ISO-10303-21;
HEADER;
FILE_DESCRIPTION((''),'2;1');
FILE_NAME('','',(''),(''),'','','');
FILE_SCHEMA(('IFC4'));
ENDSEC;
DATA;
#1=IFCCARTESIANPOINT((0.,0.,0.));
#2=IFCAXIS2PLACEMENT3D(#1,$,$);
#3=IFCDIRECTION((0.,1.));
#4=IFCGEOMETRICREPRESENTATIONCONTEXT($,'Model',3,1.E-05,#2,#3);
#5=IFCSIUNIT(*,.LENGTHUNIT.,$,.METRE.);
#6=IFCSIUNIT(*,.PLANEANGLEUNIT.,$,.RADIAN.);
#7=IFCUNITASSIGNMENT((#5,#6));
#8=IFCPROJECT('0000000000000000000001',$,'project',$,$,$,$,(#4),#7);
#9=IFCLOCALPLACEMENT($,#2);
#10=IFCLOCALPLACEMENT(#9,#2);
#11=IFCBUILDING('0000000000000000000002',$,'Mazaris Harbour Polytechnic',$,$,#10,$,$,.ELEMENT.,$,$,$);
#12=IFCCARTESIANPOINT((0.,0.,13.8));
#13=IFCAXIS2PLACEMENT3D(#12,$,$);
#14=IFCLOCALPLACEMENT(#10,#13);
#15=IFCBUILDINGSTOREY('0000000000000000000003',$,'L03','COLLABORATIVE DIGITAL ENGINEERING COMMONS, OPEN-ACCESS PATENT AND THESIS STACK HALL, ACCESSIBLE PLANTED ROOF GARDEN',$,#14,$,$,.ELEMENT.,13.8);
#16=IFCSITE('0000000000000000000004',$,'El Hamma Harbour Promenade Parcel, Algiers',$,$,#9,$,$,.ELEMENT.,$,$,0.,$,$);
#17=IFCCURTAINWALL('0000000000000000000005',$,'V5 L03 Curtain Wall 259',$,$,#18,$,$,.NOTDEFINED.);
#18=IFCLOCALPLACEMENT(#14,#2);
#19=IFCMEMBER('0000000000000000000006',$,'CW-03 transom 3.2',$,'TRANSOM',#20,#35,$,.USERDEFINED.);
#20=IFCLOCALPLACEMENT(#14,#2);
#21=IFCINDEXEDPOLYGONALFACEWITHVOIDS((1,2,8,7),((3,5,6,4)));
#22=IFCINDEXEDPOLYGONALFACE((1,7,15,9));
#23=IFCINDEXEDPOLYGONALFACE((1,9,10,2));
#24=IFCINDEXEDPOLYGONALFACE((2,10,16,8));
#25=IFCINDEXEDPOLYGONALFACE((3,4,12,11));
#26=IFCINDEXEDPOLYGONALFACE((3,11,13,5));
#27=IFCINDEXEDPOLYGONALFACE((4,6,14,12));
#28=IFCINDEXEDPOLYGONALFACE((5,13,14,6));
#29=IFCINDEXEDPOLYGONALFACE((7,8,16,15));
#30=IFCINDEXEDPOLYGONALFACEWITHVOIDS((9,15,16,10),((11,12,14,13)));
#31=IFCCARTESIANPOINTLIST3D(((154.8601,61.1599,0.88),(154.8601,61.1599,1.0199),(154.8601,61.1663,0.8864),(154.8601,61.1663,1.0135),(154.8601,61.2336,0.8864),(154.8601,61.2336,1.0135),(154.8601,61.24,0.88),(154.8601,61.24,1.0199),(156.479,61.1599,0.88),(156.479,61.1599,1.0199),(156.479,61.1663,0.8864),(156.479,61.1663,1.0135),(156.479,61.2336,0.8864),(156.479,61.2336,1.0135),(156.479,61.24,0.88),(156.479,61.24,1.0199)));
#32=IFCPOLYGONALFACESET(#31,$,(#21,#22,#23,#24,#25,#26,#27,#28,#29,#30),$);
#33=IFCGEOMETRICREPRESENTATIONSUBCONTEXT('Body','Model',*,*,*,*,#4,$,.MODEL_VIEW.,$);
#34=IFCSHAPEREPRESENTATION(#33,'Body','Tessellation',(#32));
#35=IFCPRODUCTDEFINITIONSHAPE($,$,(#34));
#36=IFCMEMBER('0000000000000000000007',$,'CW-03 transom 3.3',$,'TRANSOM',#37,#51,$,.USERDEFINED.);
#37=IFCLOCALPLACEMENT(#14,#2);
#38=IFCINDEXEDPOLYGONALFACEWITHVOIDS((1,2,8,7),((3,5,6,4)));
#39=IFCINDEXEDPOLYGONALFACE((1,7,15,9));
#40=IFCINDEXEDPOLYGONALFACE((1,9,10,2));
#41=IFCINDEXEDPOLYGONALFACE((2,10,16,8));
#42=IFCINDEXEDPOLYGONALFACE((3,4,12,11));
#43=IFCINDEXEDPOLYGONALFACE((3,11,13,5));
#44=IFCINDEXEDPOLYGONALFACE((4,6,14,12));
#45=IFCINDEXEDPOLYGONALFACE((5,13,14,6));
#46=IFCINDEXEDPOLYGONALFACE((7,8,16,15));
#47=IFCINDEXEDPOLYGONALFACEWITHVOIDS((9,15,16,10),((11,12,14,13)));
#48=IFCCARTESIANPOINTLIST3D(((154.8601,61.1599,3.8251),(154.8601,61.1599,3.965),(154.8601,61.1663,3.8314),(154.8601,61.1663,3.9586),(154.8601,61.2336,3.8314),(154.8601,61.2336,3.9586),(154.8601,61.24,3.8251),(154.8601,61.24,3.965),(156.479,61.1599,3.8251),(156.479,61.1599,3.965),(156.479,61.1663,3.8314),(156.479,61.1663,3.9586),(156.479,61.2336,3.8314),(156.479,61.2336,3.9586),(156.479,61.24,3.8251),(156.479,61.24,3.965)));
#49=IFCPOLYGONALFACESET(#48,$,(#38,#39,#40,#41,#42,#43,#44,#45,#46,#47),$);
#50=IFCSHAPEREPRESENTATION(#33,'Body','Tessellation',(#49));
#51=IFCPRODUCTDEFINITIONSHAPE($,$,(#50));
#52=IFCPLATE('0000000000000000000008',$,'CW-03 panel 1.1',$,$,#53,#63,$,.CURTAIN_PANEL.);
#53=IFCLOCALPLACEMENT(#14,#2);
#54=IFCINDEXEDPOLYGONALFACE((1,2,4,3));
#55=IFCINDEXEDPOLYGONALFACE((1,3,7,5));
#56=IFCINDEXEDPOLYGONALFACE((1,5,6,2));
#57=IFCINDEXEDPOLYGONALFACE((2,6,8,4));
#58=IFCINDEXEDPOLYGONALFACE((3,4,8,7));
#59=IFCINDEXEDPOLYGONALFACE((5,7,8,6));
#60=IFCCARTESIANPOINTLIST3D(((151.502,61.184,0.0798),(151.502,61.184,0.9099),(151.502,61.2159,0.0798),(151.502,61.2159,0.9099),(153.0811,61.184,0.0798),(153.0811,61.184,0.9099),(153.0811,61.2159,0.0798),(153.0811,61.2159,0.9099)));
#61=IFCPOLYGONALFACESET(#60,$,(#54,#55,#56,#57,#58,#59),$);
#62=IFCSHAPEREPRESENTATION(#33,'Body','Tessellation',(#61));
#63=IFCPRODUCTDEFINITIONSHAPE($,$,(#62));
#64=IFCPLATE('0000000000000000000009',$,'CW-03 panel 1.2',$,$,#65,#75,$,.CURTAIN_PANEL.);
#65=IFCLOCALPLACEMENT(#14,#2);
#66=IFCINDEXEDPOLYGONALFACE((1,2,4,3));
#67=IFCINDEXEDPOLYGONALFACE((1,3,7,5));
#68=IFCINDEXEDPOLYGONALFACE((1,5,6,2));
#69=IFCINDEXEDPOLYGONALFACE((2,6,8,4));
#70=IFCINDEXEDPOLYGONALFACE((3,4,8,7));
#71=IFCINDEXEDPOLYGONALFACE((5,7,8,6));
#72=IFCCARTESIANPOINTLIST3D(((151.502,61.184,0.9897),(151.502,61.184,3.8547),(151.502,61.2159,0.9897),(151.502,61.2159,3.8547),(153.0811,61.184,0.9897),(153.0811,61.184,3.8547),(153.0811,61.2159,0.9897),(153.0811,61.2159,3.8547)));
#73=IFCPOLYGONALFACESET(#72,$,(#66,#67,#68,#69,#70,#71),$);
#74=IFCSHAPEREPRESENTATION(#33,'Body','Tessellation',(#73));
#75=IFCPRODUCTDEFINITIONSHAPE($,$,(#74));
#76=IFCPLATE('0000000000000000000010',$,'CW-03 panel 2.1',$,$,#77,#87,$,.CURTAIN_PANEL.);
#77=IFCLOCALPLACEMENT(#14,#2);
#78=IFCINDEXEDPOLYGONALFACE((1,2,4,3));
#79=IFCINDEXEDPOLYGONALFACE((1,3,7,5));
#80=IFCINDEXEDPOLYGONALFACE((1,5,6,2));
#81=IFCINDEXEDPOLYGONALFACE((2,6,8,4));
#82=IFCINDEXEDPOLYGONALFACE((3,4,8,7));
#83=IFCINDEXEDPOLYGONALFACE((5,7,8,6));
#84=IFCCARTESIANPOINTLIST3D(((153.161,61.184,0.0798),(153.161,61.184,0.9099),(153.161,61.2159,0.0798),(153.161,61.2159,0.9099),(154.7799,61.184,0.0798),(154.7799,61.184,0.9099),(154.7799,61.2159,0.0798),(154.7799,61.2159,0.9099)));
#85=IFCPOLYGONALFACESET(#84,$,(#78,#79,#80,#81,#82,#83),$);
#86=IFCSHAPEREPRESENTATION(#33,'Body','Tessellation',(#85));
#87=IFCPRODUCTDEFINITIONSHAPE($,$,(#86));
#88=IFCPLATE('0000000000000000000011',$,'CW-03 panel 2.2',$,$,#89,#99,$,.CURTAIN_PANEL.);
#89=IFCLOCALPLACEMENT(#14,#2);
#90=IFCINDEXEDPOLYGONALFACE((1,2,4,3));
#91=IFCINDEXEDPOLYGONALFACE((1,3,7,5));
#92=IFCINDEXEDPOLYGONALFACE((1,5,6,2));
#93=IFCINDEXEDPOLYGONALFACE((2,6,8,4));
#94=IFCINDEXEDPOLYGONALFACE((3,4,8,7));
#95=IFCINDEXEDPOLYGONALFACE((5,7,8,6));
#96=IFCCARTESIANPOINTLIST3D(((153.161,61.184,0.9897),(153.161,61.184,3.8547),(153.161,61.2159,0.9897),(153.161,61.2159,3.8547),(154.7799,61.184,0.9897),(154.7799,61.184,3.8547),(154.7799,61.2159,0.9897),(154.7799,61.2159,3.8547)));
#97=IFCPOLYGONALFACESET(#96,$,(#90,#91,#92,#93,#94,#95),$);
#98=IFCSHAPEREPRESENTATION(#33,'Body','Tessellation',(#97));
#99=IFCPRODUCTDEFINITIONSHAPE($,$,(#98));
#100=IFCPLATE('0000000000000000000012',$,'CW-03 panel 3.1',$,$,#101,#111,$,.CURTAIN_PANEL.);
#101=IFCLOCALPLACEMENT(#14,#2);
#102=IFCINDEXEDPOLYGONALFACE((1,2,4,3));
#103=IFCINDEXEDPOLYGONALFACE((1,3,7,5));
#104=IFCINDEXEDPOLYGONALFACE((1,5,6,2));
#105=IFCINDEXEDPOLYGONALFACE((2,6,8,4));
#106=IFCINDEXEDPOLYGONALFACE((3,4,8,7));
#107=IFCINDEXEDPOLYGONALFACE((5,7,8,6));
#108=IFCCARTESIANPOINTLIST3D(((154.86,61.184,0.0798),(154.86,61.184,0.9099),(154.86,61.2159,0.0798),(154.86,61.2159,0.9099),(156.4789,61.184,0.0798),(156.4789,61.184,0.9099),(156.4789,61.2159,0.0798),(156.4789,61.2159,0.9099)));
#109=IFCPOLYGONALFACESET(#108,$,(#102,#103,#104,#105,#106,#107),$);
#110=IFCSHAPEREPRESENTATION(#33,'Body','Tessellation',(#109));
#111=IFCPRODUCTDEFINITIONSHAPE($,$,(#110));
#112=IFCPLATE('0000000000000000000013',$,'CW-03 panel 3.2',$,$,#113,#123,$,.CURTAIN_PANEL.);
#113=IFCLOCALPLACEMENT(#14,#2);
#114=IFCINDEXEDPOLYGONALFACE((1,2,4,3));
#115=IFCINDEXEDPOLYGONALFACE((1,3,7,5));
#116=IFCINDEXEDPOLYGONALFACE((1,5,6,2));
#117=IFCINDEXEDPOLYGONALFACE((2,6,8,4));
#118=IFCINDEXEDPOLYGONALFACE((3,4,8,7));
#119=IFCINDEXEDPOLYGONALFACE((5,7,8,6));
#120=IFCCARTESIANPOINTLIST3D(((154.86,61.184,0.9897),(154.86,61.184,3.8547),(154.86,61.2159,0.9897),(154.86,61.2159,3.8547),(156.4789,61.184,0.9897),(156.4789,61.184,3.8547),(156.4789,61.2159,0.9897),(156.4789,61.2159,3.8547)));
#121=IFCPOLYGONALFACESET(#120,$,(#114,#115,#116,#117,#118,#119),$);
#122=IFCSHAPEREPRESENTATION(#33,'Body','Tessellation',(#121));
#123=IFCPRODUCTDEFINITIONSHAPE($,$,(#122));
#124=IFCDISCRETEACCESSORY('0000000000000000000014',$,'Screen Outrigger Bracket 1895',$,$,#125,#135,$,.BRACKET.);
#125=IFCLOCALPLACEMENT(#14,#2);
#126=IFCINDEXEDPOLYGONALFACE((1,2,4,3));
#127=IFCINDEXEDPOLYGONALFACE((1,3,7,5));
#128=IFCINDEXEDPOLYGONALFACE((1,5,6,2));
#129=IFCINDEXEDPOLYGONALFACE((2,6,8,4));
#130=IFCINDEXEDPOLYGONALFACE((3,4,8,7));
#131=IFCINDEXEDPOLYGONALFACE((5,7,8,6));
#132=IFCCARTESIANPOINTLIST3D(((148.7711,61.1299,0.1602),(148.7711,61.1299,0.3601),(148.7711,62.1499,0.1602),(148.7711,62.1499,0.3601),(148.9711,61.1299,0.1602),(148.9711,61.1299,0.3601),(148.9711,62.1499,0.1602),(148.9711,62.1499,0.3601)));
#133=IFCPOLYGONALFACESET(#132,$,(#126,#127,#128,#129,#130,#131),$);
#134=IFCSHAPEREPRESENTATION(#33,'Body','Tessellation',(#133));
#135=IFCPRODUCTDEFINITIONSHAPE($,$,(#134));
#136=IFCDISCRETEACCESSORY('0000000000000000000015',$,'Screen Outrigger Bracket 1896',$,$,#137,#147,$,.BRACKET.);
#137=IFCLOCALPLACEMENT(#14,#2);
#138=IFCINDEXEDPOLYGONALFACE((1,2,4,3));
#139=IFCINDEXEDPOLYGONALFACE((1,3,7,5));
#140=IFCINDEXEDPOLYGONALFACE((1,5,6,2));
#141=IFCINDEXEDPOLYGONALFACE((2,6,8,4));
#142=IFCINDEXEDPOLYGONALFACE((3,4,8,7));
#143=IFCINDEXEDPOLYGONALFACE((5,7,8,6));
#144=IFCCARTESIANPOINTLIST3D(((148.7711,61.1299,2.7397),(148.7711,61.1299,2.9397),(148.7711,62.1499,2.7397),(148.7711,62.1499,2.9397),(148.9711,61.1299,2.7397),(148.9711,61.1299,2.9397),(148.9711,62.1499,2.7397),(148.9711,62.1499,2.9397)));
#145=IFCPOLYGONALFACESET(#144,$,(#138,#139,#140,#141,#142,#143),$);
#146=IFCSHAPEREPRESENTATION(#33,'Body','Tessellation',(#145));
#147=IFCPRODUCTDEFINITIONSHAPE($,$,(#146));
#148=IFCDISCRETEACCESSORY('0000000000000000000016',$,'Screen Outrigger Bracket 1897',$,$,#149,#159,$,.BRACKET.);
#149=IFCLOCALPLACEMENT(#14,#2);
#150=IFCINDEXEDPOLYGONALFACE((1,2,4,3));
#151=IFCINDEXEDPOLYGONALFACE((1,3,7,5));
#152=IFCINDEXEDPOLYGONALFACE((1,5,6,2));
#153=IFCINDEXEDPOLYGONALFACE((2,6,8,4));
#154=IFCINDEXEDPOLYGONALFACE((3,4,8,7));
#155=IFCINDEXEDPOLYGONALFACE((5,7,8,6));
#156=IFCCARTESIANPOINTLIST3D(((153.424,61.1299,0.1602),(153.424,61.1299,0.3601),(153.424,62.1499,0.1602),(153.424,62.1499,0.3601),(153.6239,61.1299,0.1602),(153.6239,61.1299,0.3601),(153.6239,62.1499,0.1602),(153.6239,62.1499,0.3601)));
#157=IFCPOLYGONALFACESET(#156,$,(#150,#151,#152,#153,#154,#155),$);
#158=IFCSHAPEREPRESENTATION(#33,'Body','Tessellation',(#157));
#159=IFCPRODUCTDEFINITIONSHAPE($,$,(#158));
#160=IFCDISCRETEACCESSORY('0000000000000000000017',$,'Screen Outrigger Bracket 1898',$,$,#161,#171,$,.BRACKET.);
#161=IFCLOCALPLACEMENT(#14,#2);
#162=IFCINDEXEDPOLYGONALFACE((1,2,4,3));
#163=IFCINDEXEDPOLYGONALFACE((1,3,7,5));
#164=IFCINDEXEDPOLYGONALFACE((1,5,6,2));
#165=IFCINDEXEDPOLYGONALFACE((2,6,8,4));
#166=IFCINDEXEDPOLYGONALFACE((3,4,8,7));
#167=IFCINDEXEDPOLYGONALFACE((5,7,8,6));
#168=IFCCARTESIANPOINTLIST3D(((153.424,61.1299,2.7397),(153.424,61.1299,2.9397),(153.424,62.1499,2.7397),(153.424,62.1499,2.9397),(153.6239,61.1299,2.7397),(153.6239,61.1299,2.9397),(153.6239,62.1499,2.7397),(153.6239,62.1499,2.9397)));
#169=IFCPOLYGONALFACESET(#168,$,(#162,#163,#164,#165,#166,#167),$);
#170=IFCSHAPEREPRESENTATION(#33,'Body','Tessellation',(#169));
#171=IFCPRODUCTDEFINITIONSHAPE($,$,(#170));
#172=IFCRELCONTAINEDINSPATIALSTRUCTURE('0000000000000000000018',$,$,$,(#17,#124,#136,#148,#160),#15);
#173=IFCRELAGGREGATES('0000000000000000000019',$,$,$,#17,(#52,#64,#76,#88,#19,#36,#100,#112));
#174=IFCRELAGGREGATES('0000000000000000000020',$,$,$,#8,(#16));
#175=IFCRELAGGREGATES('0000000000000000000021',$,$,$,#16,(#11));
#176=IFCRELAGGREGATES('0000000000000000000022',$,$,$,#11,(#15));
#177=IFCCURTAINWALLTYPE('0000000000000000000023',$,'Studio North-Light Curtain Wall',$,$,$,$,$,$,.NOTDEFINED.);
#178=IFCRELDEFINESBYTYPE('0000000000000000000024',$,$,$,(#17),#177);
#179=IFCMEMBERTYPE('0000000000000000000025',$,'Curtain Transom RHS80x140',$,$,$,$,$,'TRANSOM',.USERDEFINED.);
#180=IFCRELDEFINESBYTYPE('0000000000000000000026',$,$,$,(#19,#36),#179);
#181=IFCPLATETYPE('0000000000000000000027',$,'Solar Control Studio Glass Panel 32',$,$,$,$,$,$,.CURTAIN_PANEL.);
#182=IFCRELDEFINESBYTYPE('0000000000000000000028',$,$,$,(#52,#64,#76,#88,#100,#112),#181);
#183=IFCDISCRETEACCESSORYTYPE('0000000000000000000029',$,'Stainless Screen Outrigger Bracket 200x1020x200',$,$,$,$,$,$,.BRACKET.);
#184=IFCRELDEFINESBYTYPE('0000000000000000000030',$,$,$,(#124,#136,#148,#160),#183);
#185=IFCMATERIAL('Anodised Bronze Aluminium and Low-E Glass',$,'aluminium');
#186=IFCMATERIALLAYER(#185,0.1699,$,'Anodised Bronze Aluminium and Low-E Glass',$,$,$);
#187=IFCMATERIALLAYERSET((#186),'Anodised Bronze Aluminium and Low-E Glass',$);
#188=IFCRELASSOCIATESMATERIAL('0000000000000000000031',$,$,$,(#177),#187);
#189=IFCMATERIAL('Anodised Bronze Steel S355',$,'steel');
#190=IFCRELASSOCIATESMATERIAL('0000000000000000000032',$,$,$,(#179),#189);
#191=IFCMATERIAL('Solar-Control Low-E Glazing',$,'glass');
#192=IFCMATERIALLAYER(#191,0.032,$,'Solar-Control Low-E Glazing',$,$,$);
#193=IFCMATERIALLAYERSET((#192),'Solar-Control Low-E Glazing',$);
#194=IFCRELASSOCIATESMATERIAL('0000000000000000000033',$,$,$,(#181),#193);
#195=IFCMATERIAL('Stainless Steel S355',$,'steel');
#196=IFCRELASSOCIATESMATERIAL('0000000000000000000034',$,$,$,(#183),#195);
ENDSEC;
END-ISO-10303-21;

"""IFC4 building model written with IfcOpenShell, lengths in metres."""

from ifc_helpers import new_model, si_unit, direction, frame, origin, origin_2d, place, context, subcontext, project, spatial, rectangle, hollow_rectangle, extrude, material, layer, layer_set, material_profile, profile_set, type_object, element, aggregate, save


model = new_model("IFC4")

# Units and contexts
model_context = context("Model", 3, precision=1e-05, world=origin(), true_north=direction((0.0, 1.0)))
body_context = subcontext(model_context, "Body", "Model", "MODEL_VIEW")
ifc_project = project(units=[si_unit("LENGTHUNIT", "METRE"), si_unit("PLANEANGLEUNIT", "RADIAN")], contexts=[model_context])

# Site, building, storey
site_placement = place(None, origin())
site = spatial("IfcSite", under=ifc_project, at=site_placement, Name="El Hamma Harbour Promenade Parcel, Algiers", CompositionType="ELEMENT", RefElevation=0.0)
building_placement = place(site_placement, origin())
building = spatial("IfcBuilding", under=site, at=building_placement, Name="Mazaris Harbour Polytechnic", CompositionType="ELEMENT")
storey_placement = place(building_placement, frame((0.0, 0.0, 13.8)))
storey = spatial("IfcBuildingStorey", under=building, at=storey_placement, Name="L03", Description="COLLABORATIVE DIGITAL ENGINEERING COMMONS, OPEN-ACCESS PATENT AND THESIS STACK HALL, ACCESSIBLE PLANTED ROOF GARDEN", CompositionType="ELEMENT", Elevation=13.8)

# Curtain wall, members, plates
ifc_material_1 = material(Name="Anodised Bronze Aluminium and Low-E Glass", Category="aluminium")
ifc_layer_1 = layer(ifc_material_1, 0.1699, Name="Anodised Bronze Aluminium and Low-E Glass")
ifc_layer_set_1 = layer_set([ifc_layer_1], Name="Anodised Bronze Aluminium and Low-E Glass")
curtain_wall_type = type_object("IfcCurtainWallType", Name="Studio North-Light Curtain Wall", PredefinedType="NOTDEFINED", material=ifc_layer_set_1)
curtain_wall_placement = place(storey_placement, origin())
curtain_wall = element("IfcCurtainWall", 1, at=curtain_wall_placement, inside=storey, type_object=curtain_wall_type, Name="V5 L03 Curtain Wall 259", PredefinedType="NOTDEFINED")
ifc_material_2 = material(Name="Anodised Bronze Steel S355", Category="steel")
ifc_material_profile_1 = material_profile(ifc_material_2, hollow_rectangle(XDim=0.0801, YDim=0.1399, WallThickness=0.0063, at=origin_2d()), Name="RHS 80x140x6.3")
ifc_profile_set_1 = profile_set([ifc_material_profile_1], Name="Anodised Bronze Steel S355")
member_type_1 = type_object("IfcMemberType", Name="Curtain Transom RHS80x140", ElementType="TRANSOM", PredefinedType="USERDEFINED", material=ifc_profile_set_1)
member_1_placement = place(storey_placement, frame((154.8601, 61.2, 0.95), z_axis=(1.0, 0.0, 0.0), x_axis=(0.0, 1.0, 0.0)))
member_1 = element("IfcMember", 2, at=member_1_placement, type_object=member_type_1, Name="CW-03 transom 3.2", ObjectType="TRANSOM", PredefinedType="USERDEFINED", context=body_context, shape_type="SweptSolid", body=[
    extrude(hollow_rectangle(XDim=0.0801, YDim=0.1399, WallThickness=0.0063, at=origin_2d()), origin(), (0.0, 0.0, 1.0), 1.6189),
])
member_2_placement = place(storey_placement, frame((154.8601, 61.2, 3.895), z_axis=(1.0, 0.0, 0.0), x_axis=(0.0, 1.0, 0.0)))
member_2 = element("IfcMember", 3, at=member_2_placement, type_object=member_type_1, Name="CW-03 transom 3.3", ObjectType="TRANSOM", PredefinedType="USERDEFINED", context=body_context, shape_type="SweptSolid", body=[
    extrude(hollow_rectangle(XDim=0.0801, YDim=0.1399, WallThickness=0.0063, at=origin_2d()), origin(), (0.0, 0.0, 1.0), 1.6189),
])
ifc_material_3 = material(Name="Solar-Control Low-E Glazing", Category="glass")
ifc_layer_2 = layer(ifc_material_3, 0.032, Name="Solar-Control Low-E Glazing")
ifc_layer_set_2 = layer_set([ifc_layer_2], Name="Solar-Control Low-E Glazing")
plate_type = type_object("IfcPlateType", Name="Solar Control Studio Glass Panel 32", PredefinedType="CURTAIN_PANEL", material=ifc_layer_set_2)
plate_1_placement = place(storey_placement, frame((152.2915, 61.2, 0.0798), z_axis=(0.0, 0.0, 1.0), x_axis=(1.0, 0.0, 0.0)))
plate_1 = element("IfcPlate", 4, at=plate_1_placement, type_object=plate_type, Name="CW-03 panel 1.1", PredefinedType="CURTAIN_PANEL", context=body_context, shape_type="SweptSolid", body=[
    extrude(rectangle(XDim=1.5791, YDim=0.032, at=origin_2d()), origin(), (0.0, 0.0, 1.0), 0.8301),
])
plate_2_placement = place(storey_placement, frame((152.2915, 61.2, 0.9897), z_axis=(0.0, 0.0, 1.0), x_axis=(1.0, 0.0, 0.0)))
plate_2 = element("IfcPlate", 5, at=plate_2_placement, type_object=plate_type, Name="CW-03 panel 1.2", PredefinedType="CURTAIN_PANEL", context=body_context, shape_type="SweptSolid", body=[
    extrude(rectangle(XDim=1.5791, YDim=0.032, at=origin_2d()), origin(), (0.0, 0.0, 1.0), 2.865),
])
plate_3_placement = place(storey_placement, frame((153.9705, 61.2, 0.0798), z_axis=(0.0, 0.0, 1.0), x_axis=(1.0, 0.0, 0.0)))
plate_3 = element("IfcPlate", 6, at=plate_3_placement, type_object=plate_type, Name="CW-03 panel 2.1", PredefinedType="CURTAIN_PANEL", context=body_context, shape_type="SweptSolid", body=[
    extrude(rectangle(XDim=1.6189, YDim=0.032, at=origin_2d()), origin(), (0.0, 0.0, 1.0), 0.8301),
])
plate_4_placement = place(storey_placement, frame((153.9705, 61.2, 0.9897), z_axis=(0.0, 0.0, 1.0), x_axis=(1.0, 0.0, 0.0)))
plate_4 = element("IfcPlate", 7, at=plate_4_placement, type_object=plate_type, Name="CW-03 panel 2.2", PredefinedType="CURTAIN_PANEL", context=body_context, shape_type="SweptSolid", body=[
    extrude(rectangle(XDim=1.6189, YDim=0.032, at=origin_2d()), origin(), (0.0, 0.0, 1.0), 2.865),
])
plate_5_placement = place(storey_placement, frame((155.6694, 61.2, 0.0798), z_axis=(0.0, 0.0, 1.0), x_axis=(1.0, 0.0, 0.0)))
plate_5 = element("IfcPlate", 8, at=plate_5_placement, type_object=plate_type, Name="CW-03 panel 3.1", PredefinedType="CURTAIN_PANEL", context=body_context, shape_type="SweptSolid", body=[
    extrude(rectangle(XDim=1.6189, YDim=0.032, at=origin_2d()), origin(), (0.0, 0.0, 1.0), 0.8301),
])
plate_6_placement = place(storey_placement, frame((155.6694, 61.2, 0.9897), z_axis=(0.0, 0.0, 1.0), x_axis=(1.0, 0.0, 0.0)))
plate_6 = element("IfcPlate", 9, at=plate_6_placement, type_object=plate_type, Name="CW-03 panel 3.2", PredefinedType="CURTAIN_PANEL", context=body_context, shape_type="SweptSolid", body=[
    extrude(rectangle(XDim=1.6189, YDim=0.032, at=origin_2d()), origin(), (0.0, 0.0, 1.0), 2.865),
])
aggregate(curtain_wall, [plate_1, plate_2, plate_3, plate_4, member_1, member_2, plate_5, plate_6])

# Discrete accessories
ifc_material_4 = material(Name="Stainless Steel S355", Category="steel")
discrete_accessory_type = type_object("IfcDiscreteAccessoryType", Name="Stainless Screen Outrigger Bracket 200x1020x200", PredefinedType="BRACKET", material=ifc_material_4)
for number, where, z_axis, x_axis, name in (
    (10, (148.8711, 61.6399, 0.1602), (0.0, 0.0, 1.0), (1.0, 0.0, 0.0), "Screen Outrigger Bracket 1895"),
    (11, (148.8711, 61.6399, 2.7397), (0.0, 0.0, 1.0), (1.0, 0.0, 0.0), "Screen Outrigger Bracket 1896"),
    (12, (153.5239, 61.6399, 0.1602), (0.0, 0.0, 1.0), (1.0, 0.0, 0.0), "Screen Outrigger Bracket 1897"),
    (13, (153.5239, 61.6399, 2.7397), (0.0, 0.0, 1.0), (1.0, 0.0, 0.0), "Screen Outrigger Bracket 1898"),
):
    element("IfcDiscreteAccessory", number, at=place(storey_placement, frame(where, z_axis=z_axis, x_axis=x_axis)), inside=storey, type_object=discrete_accessory_type, Name=name, PredefinedType="BRACKET", context=body_context, shape_type="SweptSolid", body=[
        extrude(rectangle(XDim=0.2, YDim=1.02, at=origin_2d()), origin(), (0.0, 0.0, 1.0), 0.2),
    ])

save(model, "model.ifc")
